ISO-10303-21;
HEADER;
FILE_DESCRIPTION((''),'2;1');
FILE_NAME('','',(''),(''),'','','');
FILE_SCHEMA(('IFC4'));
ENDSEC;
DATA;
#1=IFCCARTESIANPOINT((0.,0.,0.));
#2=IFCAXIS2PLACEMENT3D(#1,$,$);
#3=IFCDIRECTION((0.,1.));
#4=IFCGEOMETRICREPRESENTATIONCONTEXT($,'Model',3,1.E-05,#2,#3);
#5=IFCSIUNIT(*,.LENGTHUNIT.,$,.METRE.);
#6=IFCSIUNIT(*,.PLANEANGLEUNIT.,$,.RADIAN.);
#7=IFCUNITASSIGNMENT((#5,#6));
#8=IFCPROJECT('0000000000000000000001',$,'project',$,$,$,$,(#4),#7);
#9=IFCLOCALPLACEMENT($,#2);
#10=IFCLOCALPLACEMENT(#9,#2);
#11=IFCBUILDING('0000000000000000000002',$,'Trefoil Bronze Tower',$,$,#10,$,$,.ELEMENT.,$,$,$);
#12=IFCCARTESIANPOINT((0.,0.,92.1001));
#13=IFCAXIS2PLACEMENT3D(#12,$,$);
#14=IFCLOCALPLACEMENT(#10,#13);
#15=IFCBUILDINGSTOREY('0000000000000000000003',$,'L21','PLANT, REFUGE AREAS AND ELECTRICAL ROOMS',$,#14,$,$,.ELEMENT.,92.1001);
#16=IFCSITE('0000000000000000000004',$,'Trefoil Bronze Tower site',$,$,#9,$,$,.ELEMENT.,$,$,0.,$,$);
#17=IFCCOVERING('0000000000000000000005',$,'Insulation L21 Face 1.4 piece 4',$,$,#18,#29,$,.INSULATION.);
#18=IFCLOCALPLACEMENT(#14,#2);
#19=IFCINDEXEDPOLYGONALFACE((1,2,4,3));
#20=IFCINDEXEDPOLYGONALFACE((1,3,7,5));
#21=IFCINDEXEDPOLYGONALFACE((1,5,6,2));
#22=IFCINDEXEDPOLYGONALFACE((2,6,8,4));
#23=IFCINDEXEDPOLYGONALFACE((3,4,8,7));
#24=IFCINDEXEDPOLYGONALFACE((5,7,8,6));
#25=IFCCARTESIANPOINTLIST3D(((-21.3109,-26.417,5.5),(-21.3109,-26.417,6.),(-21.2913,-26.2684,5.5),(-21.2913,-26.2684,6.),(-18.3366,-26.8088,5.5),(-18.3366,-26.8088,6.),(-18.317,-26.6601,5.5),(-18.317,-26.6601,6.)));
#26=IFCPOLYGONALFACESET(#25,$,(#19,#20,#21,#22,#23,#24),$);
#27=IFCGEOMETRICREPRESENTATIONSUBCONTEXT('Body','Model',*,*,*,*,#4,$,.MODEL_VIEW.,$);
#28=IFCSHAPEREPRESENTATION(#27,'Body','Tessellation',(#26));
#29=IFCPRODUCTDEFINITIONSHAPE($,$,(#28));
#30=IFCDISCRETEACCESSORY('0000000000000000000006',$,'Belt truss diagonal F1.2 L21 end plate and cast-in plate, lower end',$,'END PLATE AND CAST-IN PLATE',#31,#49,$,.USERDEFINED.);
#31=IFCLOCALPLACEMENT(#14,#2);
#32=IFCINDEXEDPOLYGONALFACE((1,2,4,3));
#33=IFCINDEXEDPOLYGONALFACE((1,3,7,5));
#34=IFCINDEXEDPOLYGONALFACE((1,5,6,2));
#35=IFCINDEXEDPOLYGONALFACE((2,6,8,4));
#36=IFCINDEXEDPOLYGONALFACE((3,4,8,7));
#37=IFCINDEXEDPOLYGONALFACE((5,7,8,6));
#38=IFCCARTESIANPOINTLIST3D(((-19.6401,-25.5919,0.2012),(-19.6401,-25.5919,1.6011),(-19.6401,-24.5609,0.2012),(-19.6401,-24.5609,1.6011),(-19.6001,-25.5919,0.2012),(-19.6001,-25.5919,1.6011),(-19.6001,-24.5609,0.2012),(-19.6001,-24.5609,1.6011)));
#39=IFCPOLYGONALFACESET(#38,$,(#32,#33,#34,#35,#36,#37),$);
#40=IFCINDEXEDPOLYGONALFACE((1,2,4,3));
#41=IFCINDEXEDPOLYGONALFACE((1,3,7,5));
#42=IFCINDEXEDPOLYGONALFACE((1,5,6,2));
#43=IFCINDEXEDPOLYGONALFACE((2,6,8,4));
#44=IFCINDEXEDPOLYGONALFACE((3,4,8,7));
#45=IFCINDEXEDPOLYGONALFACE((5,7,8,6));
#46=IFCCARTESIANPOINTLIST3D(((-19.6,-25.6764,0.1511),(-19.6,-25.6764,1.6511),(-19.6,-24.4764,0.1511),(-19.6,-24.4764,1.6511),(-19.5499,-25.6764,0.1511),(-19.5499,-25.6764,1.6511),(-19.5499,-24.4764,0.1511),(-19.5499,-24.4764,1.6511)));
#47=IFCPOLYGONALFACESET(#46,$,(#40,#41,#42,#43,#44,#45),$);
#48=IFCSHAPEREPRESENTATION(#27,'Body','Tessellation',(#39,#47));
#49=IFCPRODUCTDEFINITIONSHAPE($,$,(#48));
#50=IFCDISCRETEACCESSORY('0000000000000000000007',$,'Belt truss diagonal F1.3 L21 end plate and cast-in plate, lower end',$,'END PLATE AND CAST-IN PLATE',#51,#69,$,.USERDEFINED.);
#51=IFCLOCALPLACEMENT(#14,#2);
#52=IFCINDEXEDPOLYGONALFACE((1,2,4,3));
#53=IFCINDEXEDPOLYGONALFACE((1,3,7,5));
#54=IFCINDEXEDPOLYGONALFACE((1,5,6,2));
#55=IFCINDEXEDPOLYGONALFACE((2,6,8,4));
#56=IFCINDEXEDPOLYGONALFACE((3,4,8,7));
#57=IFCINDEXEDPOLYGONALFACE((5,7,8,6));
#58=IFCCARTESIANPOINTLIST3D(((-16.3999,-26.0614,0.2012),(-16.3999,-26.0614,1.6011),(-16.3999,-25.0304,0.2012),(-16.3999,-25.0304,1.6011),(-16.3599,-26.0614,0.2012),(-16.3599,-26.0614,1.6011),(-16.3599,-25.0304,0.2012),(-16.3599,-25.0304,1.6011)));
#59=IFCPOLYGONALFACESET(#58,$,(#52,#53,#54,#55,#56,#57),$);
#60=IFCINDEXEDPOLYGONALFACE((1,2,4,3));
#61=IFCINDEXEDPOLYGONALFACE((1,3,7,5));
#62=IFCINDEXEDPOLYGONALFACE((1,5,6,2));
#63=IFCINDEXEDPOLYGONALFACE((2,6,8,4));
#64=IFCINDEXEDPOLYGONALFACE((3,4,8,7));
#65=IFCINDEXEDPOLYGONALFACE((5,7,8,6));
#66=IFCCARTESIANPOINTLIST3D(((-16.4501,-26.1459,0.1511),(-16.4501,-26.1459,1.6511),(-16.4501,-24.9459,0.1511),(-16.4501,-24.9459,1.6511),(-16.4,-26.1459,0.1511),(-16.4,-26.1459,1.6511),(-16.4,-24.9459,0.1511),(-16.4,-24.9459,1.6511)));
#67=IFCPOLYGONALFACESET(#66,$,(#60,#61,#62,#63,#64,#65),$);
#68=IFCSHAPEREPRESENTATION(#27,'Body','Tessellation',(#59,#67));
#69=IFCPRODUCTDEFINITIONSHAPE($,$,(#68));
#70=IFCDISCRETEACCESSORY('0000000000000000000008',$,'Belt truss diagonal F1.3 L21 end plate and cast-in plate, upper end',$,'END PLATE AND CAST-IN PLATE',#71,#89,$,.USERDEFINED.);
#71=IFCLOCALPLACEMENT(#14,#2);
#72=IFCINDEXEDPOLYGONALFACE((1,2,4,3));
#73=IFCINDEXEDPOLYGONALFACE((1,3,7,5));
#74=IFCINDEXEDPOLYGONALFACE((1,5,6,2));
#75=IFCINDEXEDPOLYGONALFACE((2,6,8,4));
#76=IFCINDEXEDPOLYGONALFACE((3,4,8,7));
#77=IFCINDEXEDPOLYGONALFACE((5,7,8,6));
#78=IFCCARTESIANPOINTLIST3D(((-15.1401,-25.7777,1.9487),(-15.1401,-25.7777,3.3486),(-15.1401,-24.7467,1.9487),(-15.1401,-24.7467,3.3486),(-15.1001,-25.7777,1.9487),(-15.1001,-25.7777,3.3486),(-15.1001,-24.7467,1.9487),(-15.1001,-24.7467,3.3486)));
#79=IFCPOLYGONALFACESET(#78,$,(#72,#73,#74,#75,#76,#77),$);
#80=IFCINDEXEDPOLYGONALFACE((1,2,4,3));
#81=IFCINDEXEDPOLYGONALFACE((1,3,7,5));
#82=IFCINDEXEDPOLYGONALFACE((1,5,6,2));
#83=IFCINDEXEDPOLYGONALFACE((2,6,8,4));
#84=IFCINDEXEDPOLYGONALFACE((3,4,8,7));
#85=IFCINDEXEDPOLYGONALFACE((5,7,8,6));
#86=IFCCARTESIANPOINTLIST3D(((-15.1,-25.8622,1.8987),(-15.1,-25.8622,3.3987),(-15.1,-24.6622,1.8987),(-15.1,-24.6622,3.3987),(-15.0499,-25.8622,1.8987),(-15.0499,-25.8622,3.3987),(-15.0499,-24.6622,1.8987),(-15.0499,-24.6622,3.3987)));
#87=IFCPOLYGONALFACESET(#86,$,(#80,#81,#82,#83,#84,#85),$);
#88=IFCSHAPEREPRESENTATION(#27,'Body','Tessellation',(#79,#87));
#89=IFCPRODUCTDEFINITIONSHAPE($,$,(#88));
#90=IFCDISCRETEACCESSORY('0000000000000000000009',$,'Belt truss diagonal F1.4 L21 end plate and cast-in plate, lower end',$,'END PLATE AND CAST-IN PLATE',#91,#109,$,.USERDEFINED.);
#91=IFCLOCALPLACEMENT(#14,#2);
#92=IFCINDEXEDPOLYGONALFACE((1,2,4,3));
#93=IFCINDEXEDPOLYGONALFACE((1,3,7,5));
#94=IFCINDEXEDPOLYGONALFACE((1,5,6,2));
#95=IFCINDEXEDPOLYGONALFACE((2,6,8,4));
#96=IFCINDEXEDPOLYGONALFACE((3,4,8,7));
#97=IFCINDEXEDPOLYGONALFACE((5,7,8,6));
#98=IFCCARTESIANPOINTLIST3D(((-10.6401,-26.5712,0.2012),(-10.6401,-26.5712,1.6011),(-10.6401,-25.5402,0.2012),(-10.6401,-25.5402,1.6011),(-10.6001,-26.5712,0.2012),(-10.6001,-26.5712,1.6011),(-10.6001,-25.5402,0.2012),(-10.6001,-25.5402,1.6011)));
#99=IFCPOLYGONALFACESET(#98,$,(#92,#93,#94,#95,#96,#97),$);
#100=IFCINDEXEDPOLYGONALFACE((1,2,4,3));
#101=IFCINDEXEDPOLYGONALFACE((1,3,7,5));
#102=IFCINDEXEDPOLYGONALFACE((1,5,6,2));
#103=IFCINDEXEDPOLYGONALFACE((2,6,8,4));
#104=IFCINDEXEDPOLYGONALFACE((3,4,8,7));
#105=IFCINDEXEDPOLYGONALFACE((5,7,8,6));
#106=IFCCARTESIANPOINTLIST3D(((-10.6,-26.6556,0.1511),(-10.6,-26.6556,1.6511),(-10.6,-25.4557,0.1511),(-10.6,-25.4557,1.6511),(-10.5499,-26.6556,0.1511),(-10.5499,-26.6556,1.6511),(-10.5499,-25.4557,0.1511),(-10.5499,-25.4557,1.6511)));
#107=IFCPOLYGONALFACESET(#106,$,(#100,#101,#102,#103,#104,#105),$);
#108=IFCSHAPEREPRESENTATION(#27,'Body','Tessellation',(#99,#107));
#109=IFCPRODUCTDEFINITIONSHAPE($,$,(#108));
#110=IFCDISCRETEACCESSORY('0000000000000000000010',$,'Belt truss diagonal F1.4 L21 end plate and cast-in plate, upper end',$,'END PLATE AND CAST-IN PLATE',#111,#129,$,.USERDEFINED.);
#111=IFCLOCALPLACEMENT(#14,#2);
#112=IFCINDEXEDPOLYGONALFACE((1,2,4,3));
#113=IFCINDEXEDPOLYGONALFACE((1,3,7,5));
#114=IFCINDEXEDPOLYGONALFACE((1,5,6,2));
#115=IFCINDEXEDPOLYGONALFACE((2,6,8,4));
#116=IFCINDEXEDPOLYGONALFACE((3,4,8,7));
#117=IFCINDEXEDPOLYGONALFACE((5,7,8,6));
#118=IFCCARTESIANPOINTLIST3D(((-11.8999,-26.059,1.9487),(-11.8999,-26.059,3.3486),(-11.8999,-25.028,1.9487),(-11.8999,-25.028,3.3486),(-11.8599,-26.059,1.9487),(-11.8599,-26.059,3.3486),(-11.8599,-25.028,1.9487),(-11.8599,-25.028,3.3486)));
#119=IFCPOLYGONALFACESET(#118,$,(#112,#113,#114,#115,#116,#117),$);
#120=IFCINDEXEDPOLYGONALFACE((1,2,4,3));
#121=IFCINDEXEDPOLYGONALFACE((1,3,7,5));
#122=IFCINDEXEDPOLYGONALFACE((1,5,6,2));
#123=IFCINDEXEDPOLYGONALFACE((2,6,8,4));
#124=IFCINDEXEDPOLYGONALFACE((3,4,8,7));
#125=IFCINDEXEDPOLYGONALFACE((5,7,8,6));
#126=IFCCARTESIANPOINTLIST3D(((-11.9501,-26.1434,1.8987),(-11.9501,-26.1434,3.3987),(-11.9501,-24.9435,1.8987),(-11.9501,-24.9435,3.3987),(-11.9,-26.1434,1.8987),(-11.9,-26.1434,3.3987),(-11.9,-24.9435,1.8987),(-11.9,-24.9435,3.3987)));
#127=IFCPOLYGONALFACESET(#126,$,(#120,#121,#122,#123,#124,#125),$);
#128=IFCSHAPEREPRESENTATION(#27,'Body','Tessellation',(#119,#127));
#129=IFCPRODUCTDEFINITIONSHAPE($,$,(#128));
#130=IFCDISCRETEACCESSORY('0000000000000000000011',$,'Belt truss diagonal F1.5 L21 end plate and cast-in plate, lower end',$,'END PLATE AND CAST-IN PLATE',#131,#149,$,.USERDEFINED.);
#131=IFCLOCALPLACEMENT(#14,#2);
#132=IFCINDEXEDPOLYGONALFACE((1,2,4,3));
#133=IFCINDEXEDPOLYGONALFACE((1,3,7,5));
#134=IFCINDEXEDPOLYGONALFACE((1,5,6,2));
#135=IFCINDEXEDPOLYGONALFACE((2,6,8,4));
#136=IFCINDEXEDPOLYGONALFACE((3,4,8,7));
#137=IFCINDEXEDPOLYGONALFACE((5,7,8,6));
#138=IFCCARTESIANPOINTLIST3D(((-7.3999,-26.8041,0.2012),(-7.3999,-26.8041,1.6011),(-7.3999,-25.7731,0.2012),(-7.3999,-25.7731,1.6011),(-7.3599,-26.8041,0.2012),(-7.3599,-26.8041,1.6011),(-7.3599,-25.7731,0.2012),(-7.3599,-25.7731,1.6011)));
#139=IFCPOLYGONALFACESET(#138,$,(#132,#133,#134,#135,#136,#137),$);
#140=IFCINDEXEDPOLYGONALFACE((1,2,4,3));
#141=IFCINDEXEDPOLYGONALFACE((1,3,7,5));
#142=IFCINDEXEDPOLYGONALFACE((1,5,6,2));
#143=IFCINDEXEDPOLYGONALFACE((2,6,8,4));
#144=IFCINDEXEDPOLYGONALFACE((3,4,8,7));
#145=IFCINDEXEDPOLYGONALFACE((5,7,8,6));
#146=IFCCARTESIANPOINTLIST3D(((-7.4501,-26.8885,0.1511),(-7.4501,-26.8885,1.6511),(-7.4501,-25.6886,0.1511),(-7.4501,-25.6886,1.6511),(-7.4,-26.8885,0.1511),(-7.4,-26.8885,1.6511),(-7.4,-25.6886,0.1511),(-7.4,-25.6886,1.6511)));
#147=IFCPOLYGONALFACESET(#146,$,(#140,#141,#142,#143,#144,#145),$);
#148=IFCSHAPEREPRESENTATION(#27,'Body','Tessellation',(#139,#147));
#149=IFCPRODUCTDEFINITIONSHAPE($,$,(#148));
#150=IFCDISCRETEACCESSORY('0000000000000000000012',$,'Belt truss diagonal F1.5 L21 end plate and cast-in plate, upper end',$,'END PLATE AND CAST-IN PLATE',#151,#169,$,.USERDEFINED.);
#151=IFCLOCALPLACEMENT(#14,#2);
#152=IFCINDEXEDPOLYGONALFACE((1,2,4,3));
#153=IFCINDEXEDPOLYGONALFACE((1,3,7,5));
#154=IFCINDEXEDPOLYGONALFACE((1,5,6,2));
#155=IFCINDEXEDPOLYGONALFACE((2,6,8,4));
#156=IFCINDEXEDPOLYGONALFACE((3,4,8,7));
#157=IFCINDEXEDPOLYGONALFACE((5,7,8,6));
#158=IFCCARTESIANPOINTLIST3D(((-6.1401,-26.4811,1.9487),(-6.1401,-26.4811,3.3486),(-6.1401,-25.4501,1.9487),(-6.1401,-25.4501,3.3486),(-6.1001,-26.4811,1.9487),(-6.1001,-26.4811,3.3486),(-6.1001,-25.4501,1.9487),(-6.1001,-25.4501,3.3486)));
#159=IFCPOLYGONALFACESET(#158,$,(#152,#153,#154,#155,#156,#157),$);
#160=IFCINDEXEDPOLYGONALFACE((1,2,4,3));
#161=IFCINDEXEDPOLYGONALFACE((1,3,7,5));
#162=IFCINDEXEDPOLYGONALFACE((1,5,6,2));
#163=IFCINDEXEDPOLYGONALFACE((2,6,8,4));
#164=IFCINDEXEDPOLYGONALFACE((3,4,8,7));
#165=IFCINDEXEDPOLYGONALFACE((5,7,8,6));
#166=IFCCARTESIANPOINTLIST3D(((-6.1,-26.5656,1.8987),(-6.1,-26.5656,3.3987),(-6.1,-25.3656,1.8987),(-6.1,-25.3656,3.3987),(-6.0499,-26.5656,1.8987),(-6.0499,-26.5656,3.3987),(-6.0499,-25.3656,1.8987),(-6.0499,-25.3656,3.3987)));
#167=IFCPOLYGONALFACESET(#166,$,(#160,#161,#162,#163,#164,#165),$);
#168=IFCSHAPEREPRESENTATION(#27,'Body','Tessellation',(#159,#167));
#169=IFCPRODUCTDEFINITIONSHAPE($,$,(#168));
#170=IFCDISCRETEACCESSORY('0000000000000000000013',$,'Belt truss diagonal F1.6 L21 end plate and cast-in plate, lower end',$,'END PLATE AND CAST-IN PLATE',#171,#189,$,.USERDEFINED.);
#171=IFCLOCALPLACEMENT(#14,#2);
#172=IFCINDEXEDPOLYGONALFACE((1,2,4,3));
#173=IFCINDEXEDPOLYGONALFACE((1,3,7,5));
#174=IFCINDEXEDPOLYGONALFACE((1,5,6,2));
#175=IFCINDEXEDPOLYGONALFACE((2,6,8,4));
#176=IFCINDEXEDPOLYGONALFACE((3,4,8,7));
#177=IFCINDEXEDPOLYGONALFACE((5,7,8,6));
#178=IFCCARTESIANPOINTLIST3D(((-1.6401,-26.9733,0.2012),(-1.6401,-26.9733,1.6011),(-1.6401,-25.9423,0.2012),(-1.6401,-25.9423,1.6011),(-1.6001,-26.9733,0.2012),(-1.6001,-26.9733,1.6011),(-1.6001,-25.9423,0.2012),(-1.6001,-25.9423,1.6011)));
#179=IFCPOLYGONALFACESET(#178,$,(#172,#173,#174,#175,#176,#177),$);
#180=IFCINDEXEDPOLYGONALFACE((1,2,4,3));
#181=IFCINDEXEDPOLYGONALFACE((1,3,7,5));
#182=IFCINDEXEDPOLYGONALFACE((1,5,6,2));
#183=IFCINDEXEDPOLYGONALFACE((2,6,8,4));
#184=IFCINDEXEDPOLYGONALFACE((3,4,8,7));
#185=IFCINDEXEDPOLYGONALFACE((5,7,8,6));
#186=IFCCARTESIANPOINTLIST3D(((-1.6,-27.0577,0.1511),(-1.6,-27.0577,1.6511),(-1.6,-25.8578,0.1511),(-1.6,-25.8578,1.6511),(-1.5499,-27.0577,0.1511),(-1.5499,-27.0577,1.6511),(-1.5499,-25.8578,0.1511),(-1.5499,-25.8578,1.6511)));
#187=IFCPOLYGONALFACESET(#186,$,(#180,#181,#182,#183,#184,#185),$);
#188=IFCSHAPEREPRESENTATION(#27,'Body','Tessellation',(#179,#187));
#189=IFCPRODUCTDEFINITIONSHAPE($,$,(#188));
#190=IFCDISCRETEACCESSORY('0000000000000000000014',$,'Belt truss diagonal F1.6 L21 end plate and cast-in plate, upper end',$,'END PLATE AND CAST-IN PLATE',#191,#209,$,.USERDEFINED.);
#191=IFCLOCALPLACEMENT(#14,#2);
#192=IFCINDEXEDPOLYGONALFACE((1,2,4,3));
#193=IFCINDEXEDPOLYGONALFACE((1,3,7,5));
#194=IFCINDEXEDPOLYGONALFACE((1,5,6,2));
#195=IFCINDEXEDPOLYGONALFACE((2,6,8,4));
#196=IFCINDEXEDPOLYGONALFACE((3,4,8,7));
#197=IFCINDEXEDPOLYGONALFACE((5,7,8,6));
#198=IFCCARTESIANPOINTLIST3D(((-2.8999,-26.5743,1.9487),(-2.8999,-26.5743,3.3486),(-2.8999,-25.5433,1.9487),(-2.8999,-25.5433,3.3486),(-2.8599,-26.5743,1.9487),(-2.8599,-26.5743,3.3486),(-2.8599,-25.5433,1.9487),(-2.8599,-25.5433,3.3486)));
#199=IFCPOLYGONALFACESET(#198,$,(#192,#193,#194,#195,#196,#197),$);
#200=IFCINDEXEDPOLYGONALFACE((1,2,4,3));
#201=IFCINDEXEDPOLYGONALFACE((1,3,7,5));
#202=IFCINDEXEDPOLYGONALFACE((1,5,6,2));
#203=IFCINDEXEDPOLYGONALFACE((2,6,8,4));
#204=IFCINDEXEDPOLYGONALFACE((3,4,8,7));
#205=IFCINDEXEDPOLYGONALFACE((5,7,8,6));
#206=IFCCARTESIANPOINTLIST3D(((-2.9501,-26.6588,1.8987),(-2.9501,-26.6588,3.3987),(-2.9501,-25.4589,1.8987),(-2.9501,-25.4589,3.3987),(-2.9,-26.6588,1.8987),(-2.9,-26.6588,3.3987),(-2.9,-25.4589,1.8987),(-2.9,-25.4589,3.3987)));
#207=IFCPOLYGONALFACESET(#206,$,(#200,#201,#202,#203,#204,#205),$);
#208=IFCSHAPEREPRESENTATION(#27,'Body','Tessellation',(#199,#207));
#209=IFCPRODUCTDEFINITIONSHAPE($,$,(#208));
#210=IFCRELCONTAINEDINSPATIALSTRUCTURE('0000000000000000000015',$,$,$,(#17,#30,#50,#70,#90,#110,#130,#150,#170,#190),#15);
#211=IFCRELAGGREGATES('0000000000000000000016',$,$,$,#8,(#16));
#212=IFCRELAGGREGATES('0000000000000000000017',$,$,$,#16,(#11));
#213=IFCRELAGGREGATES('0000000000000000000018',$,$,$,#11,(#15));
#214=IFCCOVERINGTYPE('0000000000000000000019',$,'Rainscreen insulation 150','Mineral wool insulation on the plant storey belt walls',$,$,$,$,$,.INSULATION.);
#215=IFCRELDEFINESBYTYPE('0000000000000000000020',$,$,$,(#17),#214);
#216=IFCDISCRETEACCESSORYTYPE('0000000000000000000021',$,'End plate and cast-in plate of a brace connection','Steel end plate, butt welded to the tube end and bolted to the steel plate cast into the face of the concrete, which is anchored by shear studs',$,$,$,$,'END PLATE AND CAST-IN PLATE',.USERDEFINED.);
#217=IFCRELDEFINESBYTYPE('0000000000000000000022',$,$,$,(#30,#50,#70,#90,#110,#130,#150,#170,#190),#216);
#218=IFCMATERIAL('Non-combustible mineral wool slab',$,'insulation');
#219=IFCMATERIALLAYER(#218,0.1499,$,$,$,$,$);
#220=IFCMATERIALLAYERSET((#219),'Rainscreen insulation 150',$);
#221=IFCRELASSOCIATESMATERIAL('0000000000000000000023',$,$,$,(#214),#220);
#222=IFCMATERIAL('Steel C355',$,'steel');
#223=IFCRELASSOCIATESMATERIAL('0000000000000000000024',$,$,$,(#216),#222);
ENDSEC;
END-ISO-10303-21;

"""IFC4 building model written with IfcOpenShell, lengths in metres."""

from ifc_helpers import new_model, si_unit, direction, frame, origin, origin_2d, place, context, subcontext, project, spatial, rectangle, extrude, material, layer, layer_set, type_object, element, save


model = new_model("IFC4")

# Units and contexts
model_context = context("Model", 3, precision=1e-05, world=origin(), true_north=direction((0.0, 1.0)))
body_context = subcontext(model_context, "Body", "Model", "MODEL_VIEW")
ifc_project = project(units=[si_unit("LENGTHUNIT", "METRE"), si_unit("PLANEANGLEUNIT", "RADIAN")], contexts=[model_context])

# Site, building, storey
site_placement = place(None, origin())
site = spatial("IfcSite", under=ifc_project, at=site_placement, Name="Trefoil Bronze Tower site", CompositionType="ELEMENT", RefElevation=0.0)
building_placement = place(site_placement, origin())
building = spatial("IfcBuilding", under=site, at=building_placement, Name="Trefoil Bronze Tower", CompositionType="ELEMENT")
storey_placement = place(building_placement, frame((0.0, 0.0, 92.1001)))
storey = spatial("IfcBuildingStorey", under=building, at=storey_placement, Name="L21", Description="PLANT, REFUGE AREAS AND ELECTRICAL ROOMS", CompositionType="ELEMENT", Elevation=92.1001)

# Covering
ifc_material_1 = material(Name="Non-combustible mineral wool slab", Category="insulation")
ifc_layer_1 = layer(ifc_material_1, 0.1499)
ifc_layer_set_1 = layer_set([ifc_layer_1], Name="Rainscreen insulation 150")
covering_type_1 = type_object("IfcCoveringType", Name="Rainscreen insulation 150", Description="Mineral wool insulation on the plant storey belt walls", PredefinedType="INSULATION", material=ifc_layer_set_1)
covering_1_placement = place(storey_placement, frame((-19.814, -26.5386, 5.5), z_axis=(0.0, 0.0, 1.0), x_axis=(0.991437, -0.130584, 0.0)))
element("IfcCovering", 1, at=covering_1_placement, inside=storey, type_object=covering_type_1, Name="Insulation L21 Face 1.4 piece 4", PredefinedType="INSULATION", context=body_context, shape_type="SweptSolid", body=[
    extrude(rectangle(XDim=3.0, YDim=0.1499, at=origin_2d()), origin(), (0.0, 0.0, 1.0), 0.5),
])

# Discrete accessories
ifc_material_2 = material(Name="Steel C355", Category="steel")
discrete_accessory_type = type_object("IfcDiscreteAccessoryType", Name="End plate and cast-in plate of a brace connection", Description="Steel end plate, butt welded to the tube end and bolted to the steel plate cast into the face of the concrete, which is anchored by shear studs", ElementType="END PLATE AND CAST-IN PLATE", PredefinedType="USERDEFINED", material=ifc_material_2)
for number, where, z_axis, x_axis, name in (
    (2, (-19.6001, -25.0764, 0.9011), (0.0, 0.0, 1.0), (-1.0, 0.0, 0.0), "Belt truss diagonal F1.2 L21 end plate and cast-in plate, lower end"),
    (3, (-16.3999, -25.5459, 0.9011), (0.0, 0.0, 1.0), (1.0, 0.0, 0.0), "Belt truss diagonal F1.3 L21 end plate and cast-in plate, lower end"),
    (4, (-15.1001, -25.2622, 2.6487), (0.0, 0.0, 1.0), (-1.0, 0.0, 0.0), "Belt truss diagonal F1.3 L21 end plate and cast-in plate, upper end"),
    (5, (-10.6001, -26.0557, 0.9011), (0.0, 0.0, 1.0), (-1.0, 0.0, 0.0), "Belt truss diagonal F1.4 L21 end plate and cast-in plate, lower end"),
    (6, (-11.8999, -25.5435, 2.6487), (0.0, 0.0, 1.0), (1.0, 0.0, 0.0), "Belt truss diagonal F1.4 L21 end plate and cast-in plate, upper end"),
    (7, (-7.3999, -26.2886, 0.9011), (0.0, 0.0, 1.0), (1.0, 0.0, 0.0), "Belt truss diagonal F1.5 L21 end plate and cast-in plate, lower end"),
    (8, (-6.1001, -25.9656, 2.6487), (0.0, 0.0, 1.0), (-1.0, 0.0, 0.0), "Belt truss diagonal F1.5 L21 end plate and cast-in plate, upper end"),
    (9, (-1.6001, -26.4578, 0.9011), (0.0, 0.0, 1.0), (-1.0, 0.0, 0.0), "Belt truss diagonal F1.6 L21 end plate and cast-in plate, lower end"),
    (10, (-2.8999, -26.0588, 2.6487), (0.0, 0.0, 1.0), (1.0, 0.0, 0.0), "Belt truss diagonal F1.6 L21 end plate and cast-in plate, upper end"),
):
    element("IfcDiscreteAccessory", number, at=place(storey_placement, frame(where, z_axis=z_axis, x_axis=x_axis)), inside=storey, type_object=discrete_accessory_type, Name=name, ObjectType="END PLATE AND CAST-IN PLATE", PredefinedType="USERDEFINED", context=body_context, shape_type="SweptSolid", body=[
        extrude(rectangle(XDim=0.04, YDim=1.031, at=origin_2d()), frame((0.02, 0.0, -0.7)), (0.0, 0.0, 1.0), 1.3999),
        extrude(rectangle(XDim=0.05, YDim=1.2, at=origin_2d()), frame((-0.0251, 0.0, -0.75)), (0.0, 0.0, 1.0), 1.5),
    ])

save(model, "model.ifc")
